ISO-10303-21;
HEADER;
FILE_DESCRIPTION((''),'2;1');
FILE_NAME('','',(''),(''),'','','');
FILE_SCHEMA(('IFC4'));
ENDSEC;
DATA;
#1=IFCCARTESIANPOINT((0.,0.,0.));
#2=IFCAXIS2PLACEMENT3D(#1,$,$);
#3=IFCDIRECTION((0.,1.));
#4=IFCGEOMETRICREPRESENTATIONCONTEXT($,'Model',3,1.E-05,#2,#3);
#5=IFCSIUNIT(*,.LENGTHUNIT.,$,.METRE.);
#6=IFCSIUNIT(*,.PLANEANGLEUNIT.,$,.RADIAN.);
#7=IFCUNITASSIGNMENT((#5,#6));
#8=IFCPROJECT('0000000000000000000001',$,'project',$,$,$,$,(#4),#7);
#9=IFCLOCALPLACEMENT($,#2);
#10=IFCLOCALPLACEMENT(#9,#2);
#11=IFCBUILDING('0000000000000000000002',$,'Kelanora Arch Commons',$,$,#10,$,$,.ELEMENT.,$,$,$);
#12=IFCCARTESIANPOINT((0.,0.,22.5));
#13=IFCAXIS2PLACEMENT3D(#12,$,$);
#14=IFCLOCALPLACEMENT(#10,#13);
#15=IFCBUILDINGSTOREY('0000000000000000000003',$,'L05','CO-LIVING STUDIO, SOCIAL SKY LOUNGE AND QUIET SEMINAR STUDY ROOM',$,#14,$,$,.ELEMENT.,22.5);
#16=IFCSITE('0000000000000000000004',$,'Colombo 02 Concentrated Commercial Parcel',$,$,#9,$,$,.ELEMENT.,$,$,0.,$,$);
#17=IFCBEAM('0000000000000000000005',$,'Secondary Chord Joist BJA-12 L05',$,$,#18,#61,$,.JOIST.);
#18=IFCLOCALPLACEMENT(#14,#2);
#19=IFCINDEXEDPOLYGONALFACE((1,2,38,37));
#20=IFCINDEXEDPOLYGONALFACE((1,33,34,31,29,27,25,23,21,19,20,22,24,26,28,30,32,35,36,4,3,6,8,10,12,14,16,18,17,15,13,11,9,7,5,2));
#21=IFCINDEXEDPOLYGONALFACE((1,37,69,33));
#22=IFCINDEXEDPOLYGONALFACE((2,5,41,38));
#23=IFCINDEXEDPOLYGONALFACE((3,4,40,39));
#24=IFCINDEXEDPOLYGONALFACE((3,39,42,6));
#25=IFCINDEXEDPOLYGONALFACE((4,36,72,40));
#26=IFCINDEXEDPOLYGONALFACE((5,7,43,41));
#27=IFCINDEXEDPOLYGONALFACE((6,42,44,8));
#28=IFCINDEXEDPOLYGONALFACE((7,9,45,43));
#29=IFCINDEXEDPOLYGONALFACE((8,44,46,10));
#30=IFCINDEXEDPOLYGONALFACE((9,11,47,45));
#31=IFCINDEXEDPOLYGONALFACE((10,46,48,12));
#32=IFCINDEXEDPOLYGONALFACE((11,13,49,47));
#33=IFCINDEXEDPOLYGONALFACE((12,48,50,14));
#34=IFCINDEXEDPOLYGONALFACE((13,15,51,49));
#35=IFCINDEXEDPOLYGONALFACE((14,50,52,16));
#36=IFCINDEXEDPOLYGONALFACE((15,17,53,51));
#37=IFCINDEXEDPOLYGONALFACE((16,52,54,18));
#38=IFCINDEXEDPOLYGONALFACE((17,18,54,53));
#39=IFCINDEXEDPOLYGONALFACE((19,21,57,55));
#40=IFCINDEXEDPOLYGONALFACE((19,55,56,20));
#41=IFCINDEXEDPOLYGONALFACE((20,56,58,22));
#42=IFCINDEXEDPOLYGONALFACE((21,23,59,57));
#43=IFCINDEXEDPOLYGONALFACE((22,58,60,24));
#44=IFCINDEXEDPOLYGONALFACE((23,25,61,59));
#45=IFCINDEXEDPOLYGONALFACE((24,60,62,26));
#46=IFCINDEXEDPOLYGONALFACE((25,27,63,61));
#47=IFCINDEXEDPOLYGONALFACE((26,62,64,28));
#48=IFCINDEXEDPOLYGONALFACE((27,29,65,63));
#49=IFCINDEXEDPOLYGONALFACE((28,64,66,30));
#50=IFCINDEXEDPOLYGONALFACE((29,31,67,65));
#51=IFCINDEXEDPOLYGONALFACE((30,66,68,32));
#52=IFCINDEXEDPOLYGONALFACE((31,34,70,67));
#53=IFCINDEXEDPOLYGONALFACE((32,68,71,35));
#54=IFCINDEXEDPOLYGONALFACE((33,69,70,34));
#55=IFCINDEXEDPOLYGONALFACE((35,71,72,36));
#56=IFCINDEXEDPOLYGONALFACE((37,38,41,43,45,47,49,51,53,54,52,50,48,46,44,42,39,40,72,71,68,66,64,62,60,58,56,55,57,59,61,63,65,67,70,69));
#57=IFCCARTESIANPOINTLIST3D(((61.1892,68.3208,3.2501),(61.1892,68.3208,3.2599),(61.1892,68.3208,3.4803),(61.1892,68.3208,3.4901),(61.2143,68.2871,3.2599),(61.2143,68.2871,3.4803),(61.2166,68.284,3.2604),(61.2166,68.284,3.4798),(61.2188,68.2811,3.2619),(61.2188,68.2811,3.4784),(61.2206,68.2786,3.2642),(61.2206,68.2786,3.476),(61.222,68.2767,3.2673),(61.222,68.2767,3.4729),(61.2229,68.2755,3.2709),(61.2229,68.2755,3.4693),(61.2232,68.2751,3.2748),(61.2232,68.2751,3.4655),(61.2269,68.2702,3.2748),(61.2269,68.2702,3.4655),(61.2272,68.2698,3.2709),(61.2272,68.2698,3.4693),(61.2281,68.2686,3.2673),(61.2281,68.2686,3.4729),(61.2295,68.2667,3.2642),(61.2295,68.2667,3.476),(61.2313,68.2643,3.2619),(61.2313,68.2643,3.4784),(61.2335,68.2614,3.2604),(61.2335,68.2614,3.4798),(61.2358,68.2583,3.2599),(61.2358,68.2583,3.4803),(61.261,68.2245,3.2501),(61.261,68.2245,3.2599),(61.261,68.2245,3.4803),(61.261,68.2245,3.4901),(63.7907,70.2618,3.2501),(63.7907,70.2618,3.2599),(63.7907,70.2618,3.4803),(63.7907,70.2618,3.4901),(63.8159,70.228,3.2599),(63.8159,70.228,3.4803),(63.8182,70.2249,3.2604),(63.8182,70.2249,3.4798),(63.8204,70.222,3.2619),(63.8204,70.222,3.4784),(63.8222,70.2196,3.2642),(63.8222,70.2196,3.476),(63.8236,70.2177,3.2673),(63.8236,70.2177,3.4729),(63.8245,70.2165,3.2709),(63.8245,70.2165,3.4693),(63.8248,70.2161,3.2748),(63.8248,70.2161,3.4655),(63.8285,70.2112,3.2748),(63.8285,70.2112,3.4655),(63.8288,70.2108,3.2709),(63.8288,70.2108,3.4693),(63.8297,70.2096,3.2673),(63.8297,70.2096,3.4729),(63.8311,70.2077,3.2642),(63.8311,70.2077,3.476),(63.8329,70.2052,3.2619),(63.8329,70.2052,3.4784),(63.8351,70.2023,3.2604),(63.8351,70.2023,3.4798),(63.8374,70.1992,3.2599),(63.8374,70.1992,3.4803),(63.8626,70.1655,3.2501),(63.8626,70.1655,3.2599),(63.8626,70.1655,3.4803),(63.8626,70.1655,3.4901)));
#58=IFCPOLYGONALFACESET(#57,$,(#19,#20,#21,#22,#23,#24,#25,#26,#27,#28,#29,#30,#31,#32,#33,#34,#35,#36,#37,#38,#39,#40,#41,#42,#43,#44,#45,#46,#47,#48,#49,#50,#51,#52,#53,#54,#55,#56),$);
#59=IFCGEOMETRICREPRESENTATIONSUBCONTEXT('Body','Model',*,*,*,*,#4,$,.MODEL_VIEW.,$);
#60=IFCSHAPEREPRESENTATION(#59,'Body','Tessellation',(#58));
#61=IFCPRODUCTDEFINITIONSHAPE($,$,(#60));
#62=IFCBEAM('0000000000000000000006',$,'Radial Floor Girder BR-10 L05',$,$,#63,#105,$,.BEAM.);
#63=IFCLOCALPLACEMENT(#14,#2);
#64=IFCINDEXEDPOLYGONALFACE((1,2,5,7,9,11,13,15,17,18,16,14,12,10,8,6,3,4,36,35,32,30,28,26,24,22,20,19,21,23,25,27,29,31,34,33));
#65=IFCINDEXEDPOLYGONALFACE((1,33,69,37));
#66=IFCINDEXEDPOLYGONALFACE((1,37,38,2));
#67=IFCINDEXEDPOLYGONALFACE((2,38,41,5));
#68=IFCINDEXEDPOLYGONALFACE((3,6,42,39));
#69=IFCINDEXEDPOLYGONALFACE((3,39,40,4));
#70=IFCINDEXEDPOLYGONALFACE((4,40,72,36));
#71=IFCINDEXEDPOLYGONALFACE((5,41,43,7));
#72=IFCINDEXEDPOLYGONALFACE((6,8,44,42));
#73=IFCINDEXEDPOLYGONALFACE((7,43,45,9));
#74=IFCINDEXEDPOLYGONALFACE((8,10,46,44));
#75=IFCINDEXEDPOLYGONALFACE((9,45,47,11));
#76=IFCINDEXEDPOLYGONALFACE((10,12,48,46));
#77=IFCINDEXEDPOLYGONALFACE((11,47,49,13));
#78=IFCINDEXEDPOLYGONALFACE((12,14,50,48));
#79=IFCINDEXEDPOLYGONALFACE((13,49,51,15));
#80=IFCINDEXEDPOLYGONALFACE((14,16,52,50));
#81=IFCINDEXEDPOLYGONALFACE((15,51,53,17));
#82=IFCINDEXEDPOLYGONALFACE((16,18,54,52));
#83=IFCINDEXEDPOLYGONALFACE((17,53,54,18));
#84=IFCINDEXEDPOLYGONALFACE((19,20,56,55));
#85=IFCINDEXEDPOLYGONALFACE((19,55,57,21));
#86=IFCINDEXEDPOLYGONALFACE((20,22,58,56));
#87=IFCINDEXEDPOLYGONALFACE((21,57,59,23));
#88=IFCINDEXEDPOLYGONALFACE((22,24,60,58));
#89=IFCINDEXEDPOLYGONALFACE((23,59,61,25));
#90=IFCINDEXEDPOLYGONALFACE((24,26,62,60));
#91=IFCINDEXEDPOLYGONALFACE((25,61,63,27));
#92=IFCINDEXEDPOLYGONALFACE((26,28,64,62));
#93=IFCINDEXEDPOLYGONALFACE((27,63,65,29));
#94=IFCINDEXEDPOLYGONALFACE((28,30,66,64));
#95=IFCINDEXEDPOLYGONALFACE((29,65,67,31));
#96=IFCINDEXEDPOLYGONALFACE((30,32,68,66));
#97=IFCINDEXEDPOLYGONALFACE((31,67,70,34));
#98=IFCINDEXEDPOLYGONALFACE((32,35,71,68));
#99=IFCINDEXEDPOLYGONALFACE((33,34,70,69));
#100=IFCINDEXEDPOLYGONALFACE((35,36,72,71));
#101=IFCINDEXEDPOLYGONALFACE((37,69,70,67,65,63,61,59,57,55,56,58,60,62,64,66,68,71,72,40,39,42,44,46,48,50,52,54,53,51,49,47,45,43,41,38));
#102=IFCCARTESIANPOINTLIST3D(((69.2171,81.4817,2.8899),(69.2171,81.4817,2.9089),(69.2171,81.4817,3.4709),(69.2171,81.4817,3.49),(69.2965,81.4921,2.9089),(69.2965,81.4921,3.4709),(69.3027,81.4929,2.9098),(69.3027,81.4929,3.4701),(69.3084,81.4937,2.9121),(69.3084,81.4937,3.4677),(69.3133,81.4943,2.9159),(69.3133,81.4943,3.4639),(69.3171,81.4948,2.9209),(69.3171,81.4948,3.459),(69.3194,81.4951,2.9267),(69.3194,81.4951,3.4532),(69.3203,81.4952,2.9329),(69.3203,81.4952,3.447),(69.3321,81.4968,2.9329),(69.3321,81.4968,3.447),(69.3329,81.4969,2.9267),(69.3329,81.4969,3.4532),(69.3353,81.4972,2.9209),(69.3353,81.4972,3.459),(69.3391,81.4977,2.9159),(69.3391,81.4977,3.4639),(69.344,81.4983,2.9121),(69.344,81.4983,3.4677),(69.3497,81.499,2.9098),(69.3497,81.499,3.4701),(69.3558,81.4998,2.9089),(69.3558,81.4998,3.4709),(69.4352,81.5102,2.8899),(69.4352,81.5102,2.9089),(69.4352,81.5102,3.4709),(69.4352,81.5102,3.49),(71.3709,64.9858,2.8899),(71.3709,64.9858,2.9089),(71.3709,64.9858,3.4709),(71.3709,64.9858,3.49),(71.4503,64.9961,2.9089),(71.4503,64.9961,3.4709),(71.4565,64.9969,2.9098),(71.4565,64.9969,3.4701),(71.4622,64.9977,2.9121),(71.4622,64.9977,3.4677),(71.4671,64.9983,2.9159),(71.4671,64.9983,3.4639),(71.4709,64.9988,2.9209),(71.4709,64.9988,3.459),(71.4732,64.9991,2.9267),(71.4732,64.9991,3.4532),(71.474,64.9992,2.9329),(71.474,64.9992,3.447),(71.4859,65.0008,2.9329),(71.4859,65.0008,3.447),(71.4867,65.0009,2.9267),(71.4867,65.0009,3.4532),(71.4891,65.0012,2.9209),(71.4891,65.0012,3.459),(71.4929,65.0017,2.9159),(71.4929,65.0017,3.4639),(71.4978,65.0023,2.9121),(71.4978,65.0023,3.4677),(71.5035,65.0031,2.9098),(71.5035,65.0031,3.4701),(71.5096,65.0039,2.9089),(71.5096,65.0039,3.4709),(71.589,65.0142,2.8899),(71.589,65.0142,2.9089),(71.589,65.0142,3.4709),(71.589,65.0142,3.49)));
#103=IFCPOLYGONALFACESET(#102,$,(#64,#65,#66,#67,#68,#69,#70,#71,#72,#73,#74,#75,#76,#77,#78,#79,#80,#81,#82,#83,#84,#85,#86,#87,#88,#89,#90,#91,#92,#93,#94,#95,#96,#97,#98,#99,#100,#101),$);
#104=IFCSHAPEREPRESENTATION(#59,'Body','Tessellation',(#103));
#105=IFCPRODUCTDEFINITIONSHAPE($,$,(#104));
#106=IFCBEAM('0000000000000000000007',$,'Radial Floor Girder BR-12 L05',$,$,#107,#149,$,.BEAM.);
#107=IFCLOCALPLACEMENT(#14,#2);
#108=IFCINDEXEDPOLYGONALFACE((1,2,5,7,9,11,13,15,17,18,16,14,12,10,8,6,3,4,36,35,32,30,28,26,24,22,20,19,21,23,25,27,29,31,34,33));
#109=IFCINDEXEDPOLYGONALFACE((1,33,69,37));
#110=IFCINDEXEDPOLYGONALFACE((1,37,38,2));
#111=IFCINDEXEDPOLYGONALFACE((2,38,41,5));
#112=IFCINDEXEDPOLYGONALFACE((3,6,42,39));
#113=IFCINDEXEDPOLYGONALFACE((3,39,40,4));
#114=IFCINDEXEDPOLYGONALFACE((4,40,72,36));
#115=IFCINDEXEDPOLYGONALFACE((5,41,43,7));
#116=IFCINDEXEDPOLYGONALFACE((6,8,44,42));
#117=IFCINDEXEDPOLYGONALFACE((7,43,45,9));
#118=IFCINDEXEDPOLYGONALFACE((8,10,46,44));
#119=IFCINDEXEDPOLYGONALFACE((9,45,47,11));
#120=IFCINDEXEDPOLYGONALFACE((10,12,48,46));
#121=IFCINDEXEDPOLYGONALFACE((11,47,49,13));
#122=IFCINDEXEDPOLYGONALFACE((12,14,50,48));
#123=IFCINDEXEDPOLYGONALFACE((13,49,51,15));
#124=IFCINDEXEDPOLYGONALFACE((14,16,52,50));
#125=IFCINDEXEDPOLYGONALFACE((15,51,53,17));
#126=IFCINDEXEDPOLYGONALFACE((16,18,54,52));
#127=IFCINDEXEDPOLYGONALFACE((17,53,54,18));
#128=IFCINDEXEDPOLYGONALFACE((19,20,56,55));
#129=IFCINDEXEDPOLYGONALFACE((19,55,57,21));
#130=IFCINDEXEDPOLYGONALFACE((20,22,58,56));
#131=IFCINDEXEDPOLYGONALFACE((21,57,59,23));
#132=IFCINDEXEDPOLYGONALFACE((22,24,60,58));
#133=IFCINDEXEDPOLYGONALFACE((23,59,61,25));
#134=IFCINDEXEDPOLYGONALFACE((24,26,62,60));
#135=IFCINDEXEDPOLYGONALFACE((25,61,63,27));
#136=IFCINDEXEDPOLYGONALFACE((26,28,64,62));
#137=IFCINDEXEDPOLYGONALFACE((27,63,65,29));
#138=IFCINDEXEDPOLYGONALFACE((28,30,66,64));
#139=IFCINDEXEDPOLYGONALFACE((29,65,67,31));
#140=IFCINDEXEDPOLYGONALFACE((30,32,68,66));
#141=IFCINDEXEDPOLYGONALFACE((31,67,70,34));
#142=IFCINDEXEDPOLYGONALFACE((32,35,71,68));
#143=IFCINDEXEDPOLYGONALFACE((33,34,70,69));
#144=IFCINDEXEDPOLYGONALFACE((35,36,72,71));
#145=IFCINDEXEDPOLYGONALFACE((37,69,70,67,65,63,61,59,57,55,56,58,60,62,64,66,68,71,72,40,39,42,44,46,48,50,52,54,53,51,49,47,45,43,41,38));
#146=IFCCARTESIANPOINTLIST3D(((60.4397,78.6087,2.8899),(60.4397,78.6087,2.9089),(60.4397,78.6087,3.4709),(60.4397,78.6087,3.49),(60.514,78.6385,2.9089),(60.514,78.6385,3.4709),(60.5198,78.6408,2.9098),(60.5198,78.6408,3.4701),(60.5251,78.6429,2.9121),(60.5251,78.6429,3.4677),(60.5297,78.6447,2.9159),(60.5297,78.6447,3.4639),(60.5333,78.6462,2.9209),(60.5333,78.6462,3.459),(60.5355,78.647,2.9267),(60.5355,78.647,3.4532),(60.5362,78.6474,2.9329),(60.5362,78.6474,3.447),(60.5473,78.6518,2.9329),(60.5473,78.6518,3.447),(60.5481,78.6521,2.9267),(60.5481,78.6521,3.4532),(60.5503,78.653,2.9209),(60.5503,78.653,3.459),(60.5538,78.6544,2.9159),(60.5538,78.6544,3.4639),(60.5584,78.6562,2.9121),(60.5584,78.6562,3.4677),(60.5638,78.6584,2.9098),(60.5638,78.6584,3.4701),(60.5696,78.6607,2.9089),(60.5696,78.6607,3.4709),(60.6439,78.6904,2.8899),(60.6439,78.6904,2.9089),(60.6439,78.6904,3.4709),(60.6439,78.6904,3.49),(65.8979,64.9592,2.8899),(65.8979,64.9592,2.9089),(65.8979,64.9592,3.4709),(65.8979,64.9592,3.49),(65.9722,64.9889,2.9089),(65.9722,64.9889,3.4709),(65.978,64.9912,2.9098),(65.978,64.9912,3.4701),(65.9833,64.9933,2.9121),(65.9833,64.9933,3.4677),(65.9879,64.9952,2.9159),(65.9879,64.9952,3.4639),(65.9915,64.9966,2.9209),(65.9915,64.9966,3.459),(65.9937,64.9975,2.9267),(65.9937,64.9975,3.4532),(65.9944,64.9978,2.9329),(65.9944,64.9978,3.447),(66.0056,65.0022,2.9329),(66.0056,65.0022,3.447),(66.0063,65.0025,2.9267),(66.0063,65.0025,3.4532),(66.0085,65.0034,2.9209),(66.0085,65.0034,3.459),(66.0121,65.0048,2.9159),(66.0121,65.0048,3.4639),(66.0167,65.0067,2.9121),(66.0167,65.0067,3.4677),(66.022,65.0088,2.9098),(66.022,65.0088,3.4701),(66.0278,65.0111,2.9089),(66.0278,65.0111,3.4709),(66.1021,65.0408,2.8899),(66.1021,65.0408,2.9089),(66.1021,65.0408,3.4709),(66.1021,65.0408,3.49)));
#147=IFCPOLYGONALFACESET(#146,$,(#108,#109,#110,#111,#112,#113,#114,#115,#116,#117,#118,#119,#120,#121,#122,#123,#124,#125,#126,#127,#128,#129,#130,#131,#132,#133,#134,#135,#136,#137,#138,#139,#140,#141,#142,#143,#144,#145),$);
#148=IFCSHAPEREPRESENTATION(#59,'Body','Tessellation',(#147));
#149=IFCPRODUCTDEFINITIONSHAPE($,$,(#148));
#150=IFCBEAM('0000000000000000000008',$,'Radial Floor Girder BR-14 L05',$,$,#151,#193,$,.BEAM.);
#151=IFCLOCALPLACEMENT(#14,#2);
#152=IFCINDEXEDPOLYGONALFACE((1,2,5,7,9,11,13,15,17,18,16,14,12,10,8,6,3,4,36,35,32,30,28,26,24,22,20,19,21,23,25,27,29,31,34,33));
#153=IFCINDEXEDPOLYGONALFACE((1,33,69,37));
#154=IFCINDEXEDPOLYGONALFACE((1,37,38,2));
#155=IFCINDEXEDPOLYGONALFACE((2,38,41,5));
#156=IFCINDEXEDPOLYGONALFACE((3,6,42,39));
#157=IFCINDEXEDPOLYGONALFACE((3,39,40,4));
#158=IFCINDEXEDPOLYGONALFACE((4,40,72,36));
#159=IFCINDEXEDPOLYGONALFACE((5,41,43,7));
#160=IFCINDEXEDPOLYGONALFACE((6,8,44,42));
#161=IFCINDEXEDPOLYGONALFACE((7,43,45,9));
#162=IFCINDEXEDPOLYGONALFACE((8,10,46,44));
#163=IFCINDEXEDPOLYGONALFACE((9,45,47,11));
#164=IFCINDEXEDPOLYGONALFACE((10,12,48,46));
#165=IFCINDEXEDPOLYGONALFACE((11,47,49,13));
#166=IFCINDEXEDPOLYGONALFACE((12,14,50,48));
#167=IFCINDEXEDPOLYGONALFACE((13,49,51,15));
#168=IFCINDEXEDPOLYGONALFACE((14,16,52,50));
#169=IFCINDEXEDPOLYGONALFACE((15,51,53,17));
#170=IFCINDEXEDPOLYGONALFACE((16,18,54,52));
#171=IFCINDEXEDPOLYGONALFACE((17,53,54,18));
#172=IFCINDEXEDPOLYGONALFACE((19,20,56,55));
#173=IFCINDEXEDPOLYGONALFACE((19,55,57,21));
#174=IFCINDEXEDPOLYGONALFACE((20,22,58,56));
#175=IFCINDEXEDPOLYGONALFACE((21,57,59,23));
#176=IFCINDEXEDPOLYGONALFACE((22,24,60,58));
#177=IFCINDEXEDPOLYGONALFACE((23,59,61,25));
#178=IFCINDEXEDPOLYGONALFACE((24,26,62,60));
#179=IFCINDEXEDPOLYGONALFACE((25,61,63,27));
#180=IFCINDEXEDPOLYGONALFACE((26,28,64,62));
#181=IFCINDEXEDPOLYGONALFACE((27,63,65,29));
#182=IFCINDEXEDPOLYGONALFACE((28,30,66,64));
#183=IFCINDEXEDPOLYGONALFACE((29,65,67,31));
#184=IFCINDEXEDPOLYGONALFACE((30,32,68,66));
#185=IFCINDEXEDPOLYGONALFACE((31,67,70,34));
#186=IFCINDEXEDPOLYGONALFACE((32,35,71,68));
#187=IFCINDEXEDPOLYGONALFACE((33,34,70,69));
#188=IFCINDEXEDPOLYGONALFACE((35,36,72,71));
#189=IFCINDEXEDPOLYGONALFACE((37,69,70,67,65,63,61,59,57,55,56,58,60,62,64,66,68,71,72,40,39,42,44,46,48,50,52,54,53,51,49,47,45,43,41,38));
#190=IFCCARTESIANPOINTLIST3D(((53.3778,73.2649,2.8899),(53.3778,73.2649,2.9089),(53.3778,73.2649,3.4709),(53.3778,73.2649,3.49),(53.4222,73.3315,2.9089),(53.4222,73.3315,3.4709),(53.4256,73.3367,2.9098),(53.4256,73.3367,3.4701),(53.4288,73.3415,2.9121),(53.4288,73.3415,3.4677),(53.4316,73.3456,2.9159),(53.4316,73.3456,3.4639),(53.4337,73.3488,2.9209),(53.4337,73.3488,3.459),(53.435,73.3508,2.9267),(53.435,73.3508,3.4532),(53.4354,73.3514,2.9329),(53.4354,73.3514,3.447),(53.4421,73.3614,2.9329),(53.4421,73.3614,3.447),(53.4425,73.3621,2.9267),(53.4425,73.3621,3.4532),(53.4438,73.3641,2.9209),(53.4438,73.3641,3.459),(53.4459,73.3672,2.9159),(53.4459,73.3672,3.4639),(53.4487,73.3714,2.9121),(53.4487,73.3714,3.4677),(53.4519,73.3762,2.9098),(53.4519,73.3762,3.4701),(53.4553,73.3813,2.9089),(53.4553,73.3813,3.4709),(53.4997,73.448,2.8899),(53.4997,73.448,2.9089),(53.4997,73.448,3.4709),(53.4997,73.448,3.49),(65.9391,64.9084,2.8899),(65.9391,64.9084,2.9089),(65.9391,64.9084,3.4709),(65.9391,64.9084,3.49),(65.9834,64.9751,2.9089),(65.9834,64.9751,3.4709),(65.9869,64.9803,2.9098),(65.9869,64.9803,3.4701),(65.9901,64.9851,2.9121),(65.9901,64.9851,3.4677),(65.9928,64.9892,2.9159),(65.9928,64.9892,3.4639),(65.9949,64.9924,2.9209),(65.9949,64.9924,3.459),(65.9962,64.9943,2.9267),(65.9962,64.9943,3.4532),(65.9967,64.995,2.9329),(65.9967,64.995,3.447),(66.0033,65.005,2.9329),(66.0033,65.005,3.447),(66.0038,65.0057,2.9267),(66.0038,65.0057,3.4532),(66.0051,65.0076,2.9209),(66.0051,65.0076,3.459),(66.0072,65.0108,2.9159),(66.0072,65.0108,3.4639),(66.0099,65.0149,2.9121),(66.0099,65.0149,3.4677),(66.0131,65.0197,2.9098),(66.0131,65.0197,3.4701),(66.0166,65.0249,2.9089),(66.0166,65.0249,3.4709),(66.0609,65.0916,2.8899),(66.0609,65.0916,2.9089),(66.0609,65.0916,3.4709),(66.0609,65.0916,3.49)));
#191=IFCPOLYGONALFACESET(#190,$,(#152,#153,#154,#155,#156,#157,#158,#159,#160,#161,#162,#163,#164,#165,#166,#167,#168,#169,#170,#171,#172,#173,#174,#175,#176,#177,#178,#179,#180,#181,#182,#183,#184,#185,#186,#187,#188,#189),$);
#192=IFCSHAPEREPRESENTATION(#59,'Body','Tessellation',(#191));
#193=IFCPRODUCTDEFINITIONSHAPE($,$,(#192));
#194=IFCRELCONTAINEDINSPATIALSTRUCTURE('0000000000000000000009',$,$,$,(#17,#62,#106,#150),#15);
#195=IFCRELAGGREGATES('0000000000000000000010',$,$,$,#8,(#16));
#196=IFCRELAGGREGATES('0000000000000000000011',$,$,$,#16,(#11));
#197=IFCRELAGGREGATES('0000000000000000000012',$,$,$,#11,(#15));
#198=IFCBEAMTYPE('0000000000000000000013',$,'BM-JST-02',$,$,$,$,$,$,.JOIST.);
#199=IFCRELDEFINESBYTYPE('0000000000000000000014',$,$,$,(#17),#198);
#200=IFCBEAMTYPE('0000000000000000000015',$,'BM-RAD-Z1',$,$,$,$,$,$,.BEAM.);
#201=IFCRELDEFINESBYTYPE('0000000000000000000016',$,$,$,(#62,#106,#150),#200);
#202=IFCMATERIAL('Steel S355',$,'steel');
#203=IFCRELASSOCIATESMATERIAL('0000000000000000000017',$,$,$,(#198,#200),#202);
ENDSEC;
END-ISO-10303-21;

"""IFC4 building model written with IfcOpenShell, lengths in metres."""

from ifc_helpers import new_model, si_unit, direction, frame, origin, origin_2d, place, context, subcontext, project, spatial, i_section, extrude, material, material_profile, profile_set, type_object, element, save


model = new_model("IFC4")

# Units and contexts
model_context = context("Model", 3, precision=1e-05, world=origin(), true_north=direction((0.0, 1.0)))
body_context = subcontext(model_context, "Body", "Model", "MODEL_VIEW")
ifc_project = project(units=[si_unit("LENGTHUNIT", "METRE"), si_unit("PLANEANGLEUNIT", "RADIAN")], contexts=[model_context])

# Site, building, storey
site_placement = place(None, origin())
site = spatial("IfcSite", under=ifc_project, at=site_placement, Name="Colombo 02 Concentrated Commercial Parcel", CompositionType="ELEMENT", RefElevation=0.0)
building_placement = place(site_placement, origin())
building = spatial("IfcBuilding", under=site, at=building_placement, Name="Kelanora Arch Commons", CompositionType="ELEMENT")
storey_placement = place(building_placement, frame((0.0, 0.0, 22.5)))
storey = spatial("IfcBuildingStorey", under=building, at=storey_placement, Name="L05", Description="CO-LIVING STUDIO, SOCIAL SKY LOUNGE AND QUIET SEMINAR STUDY ROOM", CompositionType="ELEMENT", Elevation=22.5)

# Beams
ifc_material_1 = material(Name="Steel S355", Category="steel")
ifc_material_profile_1 = material_profile(ifc_material_1, i_section(OverallWidth=0.1201, OverallDepth=0.24, WebThickness=0.0061, FlangeThickness=0.0098, FilletRadius=0.0149, at=origin_2d()), Name="IPE240")
ifc_profile_set_1 = profile_set([ifc_material_profile_1], Name="Steel S355")
beam_type_1 = type_object("IfcBeamType", Name="BM-JST-02", PredefinedType="JOIST", material=ifc_profile_set_1)
beam_1_placement = place(storey_placement, frame((63.8267, 70.2136, 3.3701), z_axis=(-0.801514, -0.597976, 0.0), x_axis=(0.597976, -0.801514, 0.0)))
element("IfcBeam", 1, at=beam_1_placement, inside=storey, type_object=beam_type_1, Name="Secondary Chord Joist BJA-12 L05", PredefinedType="JOIST", context=body_context, shape_type="SweptSolid", body=[
    extrude(i_section(OverallWidth=0.1201, OverallDepth=0.24, WebThickness=0.0061, FlangeThickness=0.0098, FilletRadius=0.0149, at=origin_2d()), origin(), (0.0, 0.0, 1.0), 3.2458),
])
ifc_material_profile_2 = material_profile(ifc_material_1, i_section(OverallWidth=0.22, OverallDepth=0.6001, WebThickness=0.012, FlangeThickness=0.019, FilletRadius=0.0239, at=origin_2d()), Name="IPE600")
ifc_profile_set_2 = profile_set([ifc_material_profile_2], Name="Steel S355")
beam_type_2 = type_object("IfcBeamType", Name="BM-RAD-Z1", PredefinedType="BEAM", material=ifc_profile_set_2)
beam_2_placement = place(storey_placement, frame((71.48, 65.0, 3.1899), z_axis=(-0.129466, 0.991584, 0.0), x_axis=(-0.991584, -0.129466, 0.0)))
element("IfcBeam", 2, at=beam_2_placement, inside=storey, type_object=beam_type_2, Name="Radial Floor Girder BR-10 L05", PredefinedType="BEAM", context=body_context, shape_type="SweptSolid", body=[
    extrude(i_section(OverallWidth=0.22, OverallDepth=0.6001, WebThickness=0.012, FlangeThickness=0.019, FilletRadius=0.0239, at=origin_2d()), origin(), (0.0, 0.0, 1.0), 16.636),
])
beam_3_placement = place(storey_placement, frame((66.0, 65.0, 3.1899), z_axis=(-0.371296, 0.928514, 0.0), x_axis=(-0.928514, -0.371296, 0.0)))
element("IfcBeam", 3, at=beam_3_placement, inside=storey, type_object=beam_type_2, Name="Radial Floor Girder BR-12 L05", PredefinedType="BEAM", context=body_context, shape_type="SweptSolid", body=[
    extrude(i_section(OverallWidth=0.22, OverallDepth=0.6001, WebThickness=0.012, FlangeThickness=0.019, FilletRadius=0.0239, at=origin_2d()), origin(), (0.0, 0.0, 1.0), 14.7004),
])
beam_4_placement = place(storey_placement, frame((66.0, 65.0, 3.1899), z_axis=(-0.832593, 0.553886, 0.0), x_axis=(-0.553886, -0.832593, 0.0)))
element("IfcBeam", 4, at=beam_4_placement, inside=storey, type_object=beam_type_2, Name="Radial Floor Girder BR-14 L05", PredefinedType="BEAM", context=body_context, shape_type="SweptSolid", body=[
    extrude(i_section(OverallWidth=0.22, OverallDepth=0.6001, WebThickness=0.012, FlangeThickness=0.019, FilletRadius=0.0239, at=origin_2d()), origin(), (0.0, 0.0, 1.0), 15.0869),
])

save(model, "model.ifc")
